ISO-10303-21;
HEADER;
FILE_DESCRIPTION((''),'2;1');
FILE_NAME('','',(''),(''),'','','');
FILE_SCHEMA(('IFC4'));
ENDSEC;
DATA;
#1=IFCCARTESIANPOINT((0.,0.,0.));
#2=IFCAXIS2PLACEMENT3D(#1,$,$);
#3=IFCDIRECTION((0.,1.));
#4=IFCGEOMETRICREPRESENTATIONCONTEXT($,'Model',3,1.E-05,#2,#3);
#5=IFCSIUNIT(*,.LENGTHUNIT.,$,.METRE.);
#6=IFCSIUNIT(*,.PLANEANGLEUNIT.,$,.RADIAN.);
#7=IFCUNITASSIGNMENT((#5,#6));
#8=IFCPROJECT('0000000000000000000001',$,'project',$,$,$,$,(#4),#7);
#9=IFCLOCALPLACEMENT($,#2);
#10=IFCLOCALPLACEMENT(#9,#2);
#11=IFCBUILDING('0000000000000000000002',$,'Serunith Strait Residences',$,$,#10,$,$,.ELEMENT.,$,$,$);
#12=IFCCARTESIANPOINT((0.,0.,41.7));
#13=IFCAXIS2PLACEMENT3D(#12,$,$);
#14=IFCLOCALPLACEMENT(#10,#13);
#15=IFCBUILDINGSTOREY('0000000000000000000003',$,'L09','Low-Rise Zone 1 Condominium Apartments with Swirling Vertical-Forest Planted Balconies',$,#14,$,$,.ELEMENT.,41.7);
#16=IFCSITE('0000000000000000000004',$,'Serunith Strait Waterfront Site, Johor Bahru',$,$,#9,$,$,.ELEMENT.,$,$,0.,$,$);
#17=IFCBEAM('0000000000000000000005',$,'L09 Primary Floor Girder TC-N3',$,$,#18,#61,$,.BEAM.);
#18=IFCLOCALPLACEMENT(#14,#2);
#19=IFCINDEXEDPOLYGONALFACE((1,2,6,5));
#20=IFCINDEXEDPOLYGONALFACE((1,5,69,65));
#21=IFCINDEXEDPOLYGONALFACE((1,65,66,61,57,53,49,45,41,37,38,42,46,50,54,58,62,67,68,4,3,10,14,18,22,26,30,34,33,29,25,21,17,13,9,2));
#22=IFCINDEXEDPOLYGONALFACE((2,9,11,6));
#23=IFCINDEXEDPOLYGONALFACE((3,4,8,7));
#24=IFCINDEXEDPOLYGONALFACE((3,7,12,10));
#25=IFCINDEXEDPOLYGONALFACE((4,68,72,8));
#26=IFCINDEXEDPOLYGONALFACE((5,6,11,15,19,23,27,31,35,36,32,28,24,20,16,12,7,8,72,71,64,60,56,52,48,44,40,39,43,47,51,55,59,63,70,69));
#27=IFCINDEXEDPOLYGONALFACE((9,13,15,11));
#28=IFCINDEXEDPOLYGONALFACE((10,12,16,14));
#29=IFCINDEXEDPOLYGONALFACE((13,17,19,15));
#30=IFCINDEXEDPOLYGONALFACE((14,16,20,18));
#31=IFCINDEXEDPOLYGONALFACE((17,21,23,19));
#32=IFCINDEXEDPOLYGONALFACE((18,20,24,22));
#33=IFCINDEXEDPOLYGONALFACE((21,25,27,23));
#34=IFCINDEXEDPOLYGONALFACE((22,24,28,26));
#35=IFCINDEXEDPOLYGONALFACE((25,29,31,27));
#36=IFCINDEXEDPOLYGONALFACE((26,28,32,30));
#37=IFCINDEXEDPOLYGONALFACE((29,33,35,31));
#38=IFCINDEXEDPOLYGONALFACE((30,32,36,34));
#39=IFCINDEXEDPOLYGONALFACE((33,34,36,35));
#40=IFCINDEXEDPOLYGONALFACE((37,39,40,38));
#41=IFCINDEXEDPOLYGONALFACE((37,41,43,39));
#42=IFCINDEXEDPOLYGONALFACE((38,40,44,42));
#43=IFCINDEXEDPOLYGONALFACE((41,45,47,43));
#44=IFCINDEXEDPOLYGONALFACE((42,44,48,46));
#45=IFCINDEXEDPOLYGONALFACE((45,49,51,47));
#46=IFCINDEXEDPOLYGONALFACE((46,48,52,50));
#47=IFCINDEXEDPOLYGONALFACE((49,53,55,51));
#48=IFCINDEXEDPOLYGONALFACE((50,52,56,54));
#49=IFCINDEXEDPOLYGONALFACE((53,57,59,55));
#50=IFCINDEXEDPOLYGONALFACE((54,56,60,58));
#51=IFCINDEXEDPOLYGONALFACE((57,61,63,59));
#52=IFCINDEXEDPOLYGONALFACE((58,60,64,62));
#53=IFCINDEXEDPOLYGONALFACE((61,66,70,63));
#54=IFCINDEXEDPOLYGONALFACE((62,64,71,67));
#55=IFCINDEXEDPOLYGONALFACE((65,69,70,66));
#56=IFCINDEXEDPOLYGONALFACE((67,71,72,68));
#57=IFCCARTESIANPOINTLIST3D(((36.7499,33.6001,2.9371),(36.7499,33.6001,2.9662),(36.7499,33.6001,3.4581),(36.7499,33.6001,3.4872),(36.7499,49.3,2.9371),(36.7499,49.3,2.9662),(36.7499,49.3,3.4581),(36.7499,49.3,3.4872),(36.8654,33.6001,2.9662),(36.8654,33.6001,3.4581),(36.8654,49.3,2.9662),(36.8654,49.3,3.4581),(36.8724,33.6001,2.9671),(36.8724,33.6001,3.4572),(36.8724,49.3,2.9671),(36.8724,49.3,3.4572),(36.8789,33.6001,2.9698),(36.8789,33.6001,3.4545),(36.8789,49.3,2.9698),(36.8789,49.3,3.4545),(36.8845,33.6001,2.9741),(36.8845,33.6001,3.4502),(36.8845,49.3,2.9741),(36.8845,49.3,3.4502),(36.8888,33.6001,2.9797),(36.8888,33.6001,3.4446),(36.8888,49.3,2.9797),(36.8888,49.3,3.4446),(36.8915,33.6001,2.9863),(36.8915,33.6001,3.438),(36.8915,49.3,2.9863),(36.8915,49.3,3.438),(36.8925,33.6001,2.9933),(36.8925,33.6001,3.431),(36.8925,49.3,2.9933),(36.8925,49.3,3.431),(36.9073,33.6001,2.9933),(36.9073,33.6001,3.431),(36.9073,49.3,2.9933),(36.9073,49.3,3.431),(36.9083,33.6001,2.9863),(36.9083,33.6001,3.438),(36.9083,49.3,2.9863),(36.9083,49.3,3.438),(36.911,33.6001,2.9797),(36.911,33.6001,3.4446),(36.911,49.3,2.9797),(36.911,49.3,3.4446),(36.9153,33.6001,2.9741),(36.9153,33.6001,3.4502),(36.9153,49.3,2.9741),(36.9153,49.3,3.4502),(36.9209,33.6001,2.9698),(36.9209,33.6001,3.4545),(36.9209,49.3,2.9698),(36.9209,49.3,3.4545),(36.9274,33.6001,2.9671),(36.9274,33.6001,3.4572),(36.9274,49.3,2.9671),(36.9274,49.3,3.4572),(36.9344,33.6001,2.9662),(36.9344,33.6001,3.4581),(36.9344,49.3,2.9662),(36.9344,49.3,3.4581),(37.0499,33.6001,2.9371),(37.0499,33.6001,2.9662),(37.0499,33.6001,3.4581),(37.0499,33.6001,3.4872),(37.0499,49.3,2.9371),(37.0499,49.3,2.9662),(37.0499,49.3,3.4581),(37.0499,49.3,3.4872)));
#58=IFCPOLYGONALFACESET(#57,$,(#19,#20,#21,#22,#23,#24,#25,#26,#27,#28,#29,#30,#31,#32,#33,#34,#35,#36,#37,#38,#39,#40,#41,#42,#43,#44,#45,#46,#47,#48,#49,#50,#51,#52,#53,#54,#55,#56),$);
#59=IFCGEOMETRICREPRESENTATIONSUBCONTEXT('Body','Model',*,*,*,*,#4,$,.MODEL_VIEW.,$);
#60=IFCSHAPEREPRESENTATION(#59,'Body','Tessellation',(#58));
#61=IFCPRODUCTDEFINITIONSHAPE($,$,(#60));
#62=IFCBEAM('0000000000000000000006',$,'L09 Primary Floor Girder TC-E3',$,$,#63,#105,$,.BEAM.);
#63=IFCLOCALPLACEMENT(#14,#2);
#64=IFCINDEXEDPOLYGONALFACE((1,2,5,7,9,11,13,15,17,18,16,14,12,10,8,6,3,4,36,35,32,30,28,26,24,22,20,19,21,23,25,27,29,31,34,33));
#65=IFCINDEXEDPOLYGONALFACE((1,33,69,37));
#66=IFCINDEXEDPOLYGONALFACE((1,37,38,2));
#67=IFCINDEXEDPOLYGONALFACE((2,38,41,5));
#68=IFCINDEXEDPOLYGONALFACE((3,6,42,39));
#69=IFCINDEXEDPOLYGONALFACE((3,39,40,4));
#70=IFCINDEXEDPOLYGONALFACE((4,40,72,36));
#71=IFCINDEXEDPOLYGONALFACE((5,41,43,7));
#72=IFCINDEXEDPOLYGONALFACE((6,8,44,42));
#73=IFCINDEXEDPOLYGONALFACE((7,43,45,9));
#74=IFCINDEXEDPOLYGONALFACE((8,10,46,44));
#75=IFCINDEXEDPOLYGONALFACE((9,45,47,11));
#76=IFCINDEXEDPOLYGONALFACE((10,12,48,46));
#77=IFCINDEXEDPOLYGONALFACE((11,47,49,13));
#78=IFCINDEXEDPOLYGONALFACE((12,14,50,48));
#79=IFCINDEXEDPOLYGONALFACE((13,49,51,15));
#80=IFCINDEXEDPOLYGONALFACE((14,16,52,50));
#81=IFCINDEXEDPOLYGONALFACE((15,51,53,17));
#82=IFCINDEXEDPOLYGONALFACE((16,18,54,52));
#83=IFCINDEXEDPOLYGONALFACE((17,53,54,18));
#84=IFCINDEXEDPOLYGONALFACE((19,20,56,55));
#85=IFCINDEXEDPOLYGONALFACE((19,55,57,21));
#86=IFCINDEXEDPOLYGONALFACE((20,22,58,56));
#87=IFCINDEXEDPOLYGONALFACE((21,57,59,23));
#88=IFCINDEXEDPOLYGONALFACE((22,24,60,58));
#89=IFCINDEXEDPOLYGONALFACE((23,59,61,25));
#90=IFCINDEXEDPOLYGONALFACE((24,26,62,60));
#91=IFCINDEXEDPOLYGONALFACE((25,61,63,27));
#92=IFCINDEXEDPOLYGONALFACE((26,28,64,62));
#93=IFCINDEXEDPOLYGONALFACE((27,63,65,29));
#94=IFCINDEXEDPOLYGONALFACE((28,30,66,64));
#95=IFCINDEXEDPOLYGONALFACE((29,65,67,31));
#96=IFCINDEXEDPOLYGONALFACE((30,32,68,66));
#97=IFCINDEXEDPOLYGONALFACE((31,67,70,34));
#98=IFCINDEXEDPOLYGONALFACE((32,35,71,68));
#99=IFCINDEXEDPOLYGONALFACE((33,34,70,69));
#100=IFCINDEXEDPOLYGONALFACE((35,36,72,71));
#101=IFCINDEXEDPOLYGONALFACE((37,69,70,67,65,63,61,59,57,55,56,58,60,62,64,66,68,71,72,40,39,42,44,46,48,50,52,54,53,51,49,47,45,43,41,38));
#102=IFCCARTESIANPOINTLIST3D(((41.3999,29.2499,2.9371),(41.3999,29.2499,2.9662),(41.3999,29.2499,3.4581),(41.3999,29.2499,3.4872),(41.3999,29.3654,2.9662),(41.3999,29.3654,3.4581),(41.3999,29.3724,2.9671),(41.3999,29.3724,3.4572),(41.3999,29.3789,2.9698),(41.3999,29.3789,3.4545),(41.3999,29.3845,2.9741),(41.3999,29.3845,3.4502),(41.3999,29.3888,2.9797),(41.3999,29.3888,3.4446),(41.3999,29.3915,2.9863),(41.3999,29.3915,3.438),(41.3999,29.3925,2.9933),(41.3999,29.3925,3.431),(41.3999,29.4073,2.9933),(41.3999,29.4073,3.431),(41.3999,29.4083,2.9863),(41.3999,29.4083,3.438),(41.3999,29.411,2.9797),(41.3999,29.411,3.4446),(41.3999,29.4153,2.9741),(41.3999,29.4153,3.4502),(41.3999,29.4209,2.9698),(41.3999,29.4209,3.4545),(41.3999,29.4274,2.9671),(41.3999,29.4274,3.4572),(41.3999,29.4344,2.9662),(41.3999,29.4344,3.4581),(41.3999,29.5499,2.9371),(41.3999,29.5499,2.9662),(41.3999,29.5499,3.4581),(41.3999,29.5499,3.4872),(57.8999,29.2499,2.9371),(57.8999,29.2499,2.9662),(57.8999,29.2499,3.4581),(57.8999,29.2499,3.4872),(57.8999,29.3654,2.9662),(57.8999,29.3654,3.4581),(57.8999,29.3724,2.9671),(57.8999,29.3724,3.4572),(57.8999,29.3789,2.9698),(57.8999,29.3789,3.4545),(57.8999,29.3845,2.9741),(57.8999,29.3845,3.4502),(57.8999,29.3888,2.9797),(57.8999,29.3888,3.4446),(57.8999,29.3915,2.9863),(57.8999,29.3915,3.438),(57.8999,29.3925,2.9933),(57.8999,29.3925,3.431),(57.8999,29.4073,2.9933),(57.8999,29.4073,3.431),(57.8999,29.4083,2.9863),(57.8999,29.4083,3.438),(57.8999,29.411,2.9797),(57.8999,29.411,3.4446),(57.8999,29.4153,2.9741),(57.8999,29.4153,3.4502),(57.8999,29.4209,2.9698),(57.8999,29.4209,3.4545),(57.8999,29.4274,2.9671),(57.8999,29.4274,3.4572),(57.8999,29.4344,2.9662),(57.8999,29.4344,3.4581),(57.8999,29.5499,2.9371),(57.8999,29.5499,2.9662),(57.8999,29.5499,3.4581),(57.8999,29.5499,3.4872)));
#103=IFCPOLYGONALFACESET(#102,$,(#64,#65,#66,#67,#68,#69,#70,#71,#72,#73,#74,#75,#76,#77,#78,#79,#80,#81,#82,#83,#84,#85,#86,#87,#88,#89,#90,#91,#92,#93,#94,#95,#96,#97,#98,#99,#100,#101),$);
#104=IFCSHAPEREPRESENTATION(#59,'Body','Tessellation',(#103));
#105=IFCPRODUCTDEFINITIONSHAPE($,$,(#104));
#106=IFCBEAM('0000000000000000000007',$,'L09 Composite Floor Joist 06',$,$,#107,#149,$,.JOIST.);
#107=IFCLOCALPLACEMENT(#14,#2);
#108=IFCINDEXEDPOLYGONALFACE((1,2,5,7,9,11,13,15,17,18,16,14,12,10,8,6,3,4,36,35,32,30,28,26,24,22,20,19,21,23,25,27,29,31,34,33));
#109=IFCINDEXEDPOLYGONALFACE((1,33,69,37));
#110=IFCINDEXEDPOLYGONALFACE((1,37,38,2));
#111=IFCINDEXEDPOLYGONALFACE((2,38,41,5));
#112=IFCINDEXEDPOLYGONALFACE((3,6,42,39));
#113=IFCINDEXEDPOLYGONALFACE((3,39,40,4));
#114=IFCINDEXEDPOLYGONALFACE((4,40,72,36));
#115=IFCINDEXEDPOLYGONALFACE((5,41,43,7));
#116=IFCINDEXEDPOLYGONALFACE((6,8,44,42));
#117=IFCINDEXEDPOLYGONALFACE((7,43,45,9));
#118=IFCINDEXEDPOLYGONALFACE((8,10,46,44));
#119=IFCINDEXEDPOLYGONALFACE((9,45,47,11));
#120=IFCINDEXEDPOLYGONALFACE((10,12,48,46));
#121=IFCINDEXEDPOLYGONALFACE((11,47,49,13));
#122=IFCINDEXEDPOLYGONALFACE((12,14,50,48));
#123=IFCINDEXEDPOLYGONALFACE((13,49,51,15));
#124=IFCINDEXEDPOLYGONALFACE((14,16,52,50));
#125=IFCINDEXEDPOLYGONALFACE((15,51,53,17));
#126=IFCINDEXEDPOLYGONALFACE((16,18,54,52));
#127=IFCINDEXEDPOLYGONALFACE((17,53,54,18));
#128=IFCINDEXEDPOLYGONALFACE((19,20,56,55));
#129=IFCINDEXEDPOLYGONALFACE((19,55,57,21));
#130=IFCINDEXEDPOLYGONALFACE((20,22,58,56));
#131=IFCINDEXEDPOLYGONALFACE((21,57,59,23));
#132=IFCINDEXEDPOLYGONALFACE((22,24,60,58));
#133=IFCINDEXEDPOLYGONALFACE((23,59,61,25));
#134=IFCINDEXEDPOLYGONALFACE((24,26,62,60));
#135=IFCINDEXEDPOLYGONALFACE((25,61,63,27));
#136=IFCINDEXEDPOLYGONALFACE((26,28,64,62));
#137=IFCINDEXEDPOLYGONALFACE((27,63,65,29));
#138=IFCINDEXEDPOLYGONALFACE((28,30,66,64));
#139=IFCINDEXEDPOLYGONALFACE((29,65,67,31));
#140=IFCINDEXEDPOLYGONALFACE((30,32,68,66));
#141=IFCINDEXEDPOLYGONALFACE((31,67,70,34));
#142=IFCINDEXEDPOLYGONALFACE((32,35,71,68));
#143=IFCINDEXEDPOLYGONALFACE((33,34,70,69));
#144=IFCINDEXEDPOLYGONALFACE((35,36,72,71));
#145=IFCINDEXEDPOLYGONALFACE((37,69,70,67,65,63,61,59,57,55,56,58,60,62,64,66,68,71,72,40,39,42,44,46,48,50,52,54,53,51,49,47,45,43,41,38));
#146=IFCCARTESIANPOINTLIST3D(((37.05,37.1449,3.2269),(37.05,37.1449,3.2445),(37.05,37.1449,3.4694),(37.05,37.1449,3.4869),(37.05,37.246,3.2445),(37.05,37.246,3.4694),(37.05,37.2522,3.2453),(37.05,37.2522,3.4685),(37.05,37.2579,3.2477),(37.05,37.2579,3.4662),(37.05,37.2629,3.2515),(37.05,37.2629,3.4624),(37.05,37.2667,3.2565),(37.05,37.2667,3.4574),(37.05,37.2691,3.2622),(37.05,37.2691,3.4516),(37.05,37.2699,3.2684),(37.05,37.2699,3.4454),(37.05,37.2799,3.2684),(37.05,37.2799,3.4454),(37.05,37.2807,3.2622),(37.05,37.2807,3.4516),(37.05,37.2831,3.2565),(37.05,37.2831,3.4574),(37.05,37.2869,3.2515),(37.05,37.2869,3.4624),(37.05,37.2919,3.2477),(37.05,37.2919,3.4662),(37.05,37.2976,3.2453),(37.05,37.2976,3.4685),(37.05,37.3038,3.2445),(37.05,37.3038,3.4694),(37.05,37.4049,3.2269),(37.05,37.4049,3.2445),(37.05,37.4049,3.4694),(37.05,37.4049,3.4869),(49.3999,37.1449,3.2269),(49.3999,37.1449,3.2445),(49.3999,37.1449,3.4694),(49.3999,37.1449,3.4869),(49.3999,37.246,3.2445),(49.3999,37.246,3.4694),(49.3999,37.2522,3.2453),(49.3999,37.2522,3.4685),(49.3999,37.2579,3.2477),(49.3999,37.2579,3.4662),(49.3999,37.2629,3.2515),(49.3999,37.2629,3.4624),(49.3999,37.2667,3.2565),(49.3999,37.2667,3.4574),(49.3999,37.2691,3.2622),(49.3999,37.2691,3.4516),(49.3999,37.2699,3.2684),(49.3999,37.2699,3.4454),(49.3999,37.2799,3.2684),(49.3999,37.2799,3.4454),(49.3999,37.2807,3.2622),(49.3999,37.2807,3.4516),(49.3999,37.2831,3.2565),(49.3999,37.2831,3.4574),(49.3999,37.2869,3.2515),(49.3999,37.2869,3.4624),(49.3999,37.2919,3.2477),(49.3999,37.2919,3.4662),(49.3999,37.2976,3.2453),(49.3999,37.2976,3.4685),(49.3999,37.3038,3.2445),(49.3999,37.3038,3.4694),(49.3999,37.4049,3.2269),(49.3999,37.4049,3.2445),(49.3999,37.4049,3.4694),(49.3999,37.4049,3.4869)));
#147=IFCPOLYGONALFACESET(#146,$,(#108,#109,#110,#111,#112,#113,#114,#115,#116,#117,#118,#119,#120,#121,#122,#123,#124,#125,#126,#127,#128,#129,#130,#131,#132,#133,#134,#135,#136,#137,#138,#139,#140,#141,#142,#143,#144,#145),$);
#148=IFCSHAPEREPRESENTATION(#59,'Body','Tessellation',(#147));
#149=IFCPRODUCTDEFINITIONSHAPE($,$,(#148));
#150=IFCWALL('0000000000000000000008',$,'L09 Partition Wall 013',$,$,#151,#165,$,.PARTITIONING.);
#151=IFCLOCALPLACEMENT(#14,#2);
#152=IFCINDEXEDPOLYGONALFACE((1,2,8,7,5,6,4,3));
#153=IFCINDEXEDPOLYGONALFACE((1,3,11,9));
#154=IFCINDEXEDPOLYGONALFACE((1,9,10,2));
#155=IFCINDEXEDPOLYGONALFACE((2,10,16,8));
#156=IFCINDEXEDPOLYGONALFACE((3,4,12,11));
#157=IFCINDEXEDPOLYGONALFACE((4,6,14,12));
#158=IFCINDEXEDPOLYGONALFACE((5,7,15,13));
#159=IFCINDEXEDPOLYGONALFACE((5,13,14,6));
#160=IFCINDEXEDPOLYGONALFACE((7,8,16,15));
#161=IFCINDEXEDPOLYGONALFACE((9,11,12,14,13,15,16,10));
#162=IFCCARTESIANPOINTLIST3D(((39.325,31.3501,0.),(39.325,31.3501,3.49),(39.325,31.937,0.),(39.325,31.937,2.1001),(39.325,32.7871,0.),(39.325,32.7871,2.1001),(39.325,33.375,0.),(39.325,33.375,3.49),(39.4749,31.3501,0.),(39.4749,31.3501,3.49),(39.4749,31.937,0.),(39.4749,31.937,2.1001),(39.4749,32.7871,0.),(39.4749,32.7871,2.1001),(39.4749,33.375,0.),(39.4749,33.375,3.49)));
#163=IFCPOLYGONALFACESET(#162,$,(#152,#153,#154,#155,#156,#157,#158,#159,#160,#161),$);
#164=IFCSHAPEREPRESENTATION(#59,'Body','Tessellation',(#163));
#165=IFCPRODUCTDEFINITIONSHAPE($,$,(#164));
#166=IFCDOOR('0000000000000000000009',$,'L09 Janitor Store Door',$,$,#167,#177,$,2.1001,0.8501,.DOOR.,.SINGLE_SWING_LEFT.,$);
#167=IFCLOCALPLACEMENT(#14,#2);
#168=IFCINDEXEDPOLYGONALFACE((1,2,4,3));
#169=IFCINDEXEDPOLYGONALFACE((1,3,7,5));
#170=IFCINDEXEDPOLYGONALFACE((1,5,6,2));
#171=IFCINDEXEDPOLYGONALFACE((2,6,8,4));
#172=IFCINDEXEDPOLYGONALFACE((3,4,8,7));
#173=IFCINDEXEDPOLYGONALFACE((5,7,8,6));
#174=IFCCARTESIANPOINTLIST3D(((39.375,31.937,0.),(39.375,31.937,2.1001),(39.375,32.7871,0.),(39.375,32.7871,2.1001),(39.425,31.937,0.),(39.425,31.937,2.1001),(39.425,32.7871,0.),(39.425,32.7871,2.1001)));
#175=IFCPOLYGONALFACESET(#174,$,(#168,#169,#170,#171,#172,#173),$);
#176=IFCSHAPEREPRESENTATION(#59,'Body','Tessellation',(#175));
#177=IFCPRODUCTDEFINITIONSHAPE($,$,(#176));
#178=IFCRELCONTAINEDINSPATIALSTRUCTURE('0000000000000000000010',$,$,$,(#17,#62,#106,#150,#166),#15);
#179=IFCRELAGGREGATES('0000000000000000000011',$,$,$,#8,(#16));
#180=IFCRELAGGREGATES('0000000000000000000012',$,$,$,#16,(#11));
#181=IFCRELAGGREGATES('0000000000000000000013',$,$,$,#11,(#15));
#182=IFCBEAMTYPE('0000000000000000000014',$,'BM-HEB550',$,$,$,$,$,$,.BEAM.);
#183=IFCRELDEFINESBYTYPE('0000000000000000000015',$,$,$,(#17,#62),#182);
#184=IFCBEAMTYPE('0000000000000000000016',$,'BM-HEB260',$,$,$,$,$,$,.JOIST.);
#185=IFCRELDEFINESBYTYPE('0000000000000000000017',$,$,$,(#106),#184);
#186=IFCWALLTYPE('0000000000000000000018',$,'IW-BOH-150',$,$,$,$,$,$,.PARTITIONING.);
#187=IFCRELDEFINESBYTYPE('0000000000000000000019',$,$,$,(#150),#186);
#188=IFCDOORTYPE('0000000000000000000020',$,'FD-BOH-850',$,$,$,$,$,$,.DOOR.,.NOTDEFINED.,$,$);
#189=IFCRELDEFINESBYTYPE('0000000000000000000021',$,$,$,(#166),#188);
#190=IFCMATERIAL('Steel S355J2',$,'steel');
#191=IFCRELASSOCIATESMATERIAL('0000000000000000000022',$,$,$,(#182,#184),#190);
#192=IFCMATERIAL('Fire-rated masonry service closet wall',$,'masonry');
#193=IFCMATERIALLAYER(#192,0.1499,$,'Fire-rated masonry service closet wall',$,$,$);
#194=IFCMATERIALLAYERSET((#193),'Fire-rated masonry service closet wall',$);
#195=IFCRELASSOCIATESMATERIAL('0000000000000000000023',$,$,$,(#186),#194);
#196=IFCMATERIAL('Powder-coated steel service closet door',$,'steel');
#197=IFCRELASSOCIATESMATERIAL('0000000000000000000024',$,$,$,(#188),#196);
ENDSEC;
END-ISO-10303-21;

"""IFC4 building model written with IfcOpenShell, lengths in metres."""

from ifc_helpers import new_model, si_unit, direction, frame, frame_2d, origin, origin_2d, place, context, subcontext, project, spatial, rectangle, i_section, extrude, source, transform, mapped, material, layer, layer_set, material_profile, profile_set, type_object, element, fill, save


model = new_model("IFC4")

# Units and contexts
model_context = context("Model", 3, precision=1e-05, world=origin(), true_north=direction((0.0, 1.0)))
body_context = subcontext(model_context, "Body", "Model", "MODEL_VIEW")
ifc_project = project(units=[si_unit("LENGTHUNIT", "METRE"), si_unit("PLANEANGLEUNIT", "RADIAN")], contexts=[model_context])

# Site, building, storey
site_placement = place(None, origin())
site = spatial("IfcSite", under=ifc_project, at=site_placement, Name="Serunith Strait Waterfront Site, Johor Bahru", CompositionType="ELEMENT", RefElevation=0.0)
building_placement = place(site_placement, origin())
building = spatial("IfcBuilding", under=site, at=building_placement, Name="Serunith Strait Residences", CompositionType="ELEMENT")
storey_placement = place(building_placement, frame((0.0, 0.0, 41.7)))
storey = spatial("IfcBuildingStorey", under=building, at=storey_placement, Name="L09", Description="Low-Rise Zone 1 Condominium Apartments with Swirling Vertical-Forest Planted Balconies", CompositionType="ELEMENT", Elevation=41.7)

# Beams
ifc_material_1 = material(Name="Steel S355J2", Category="steel")
ifc_material_profile_1 = material_profile(ifc_material_1, i_section(OverallWidth=0.3, OverallDepth=0.55, WebThickness=0.0149, FlangeThickness=0.0291, FilletRadius=0.0271, at=origin_2d()), Name="HEB 550")
ifc_profile_set_1 = profile_set([ifc_material_profile_1], Name="Steel S355J2")
beam_type_1 = type_object("IfcBeamType", Name="BM-HEB550", PredefinedType="BEAM", material=ifc_profile_set_1)
shared_shape_1 = source(origin(), body_context, "Body", "SweptSolid", [
    extrude(i_section(OverallWidth=0.3, OverallDepth=0.55, WebThickness=0.0149, FlangeThickness=0.0291, FilletRadius=0.0271, at=origin_2d()), origin(), (0.0, 0.0, 1.0), 15.7),
])
beam_1_placement = place(storey_placement, frame((36.8999, 33.6001, 3.2122), z_axis=(0.0, 1.0, 0.0), x_axis=(-1.0, 0.0, 0.0)))
element("IfcBeam", 1, at=beam_1_placement, inside=storey, type_object=beam_type_1, Name="L09 Primary Floor Girder TC-N3", PredefinedType="BEAM", context=body_context, shape_type="MappedRepresentation", body=[
    mapped(shared_shape_1, transform((0.0, 0.0, 0.0), scale=1.0)),
])
shared_shape_2 = source(origin(), body_context, "Body", "SweptSolid", [
    extrude(i_section(OverallWidth=0.3, OverallDepth=0.55, WebThickness=0.0149, FlangeThickness=0.0291, FilletRadius=0.0271, at=origin_2d()), origin(), (0.0, 0.0, 1.0), 16.5),
])
beam_2_placement = place(storey_placement, frame((41.3999, 29.3999, 3.2122), z_axis=(1.0, 0.0, 0.0), x_axis=(0.0, 1.0, 0.0)))
element("IfcBeam", 2, at=beam_2_placement, inside=storey, type_object=beam_type_1, Name="L09 Primary Floor Girder TC-E3", PredefinedType="BEAM", context=body_context, shape_type="MappedRepresentation", body=[
    mapped(shared_shape_2, transform((0.0, 0.0, 0.0), scale=1.0)),
])
ifc_material_profile_2 = material_profile(ifc_material_1, i_section(OverallWidth=0.26, OverallDepth=0.26, WebThickness=0.01, FlangeThickness=0.0176, FilletRadius=0.0239, at=origin_2d()), Name="HEB 260")
ifc_profile_set_2 = profile_set([ifc_material_profile_2], Name="Steel S355J2")
beam_type_2 = type_object("IfcBeamType", Name="BM-HEB260", PredefinedType="JOIST", material=ifc_profile_set_2)
shared_shape_3 = source(origin(), body_context, "Body", "SweptSolid", [
    extrude(i_section(OverallWidth=0.26, OverallDepth=0.26, WebThickness=0.01, FlangeThickness=0.0176, FilletRadius=0.0239, at=origin_2d()), origin(), (0.0, 0.0, 1.0), 12.3499),
])
beam_3_placement = place(storey_placement, frame((37.05, 37.2749, 3.3569), z_axis=(1.0, 0.0, 0.0), x_axis=(0.0, 1.0, 0.0)))
element("IfcBeam", 3, at=beam_3_placement, inside=storey, type_object=beam_type_2, Name="L09 Composite Floor Joist 06", PredefinedType="JOIST", context=body_context, shape_type="MappedRepresentation", body=[
    mapped(shared_shape_3, transform((0.0, 0.0, 0.0), scale=1.0)),
])

# Wall, opening, door
ifc_material_2 = material(Name="Fire-rated masonry service closet wall", Category="masonry")
ifc_layer_1 = layer(ifc_material_2, 0.1499, Name="Fire-rated masonry service closet wall")
ifc_layer_set_1 = layer_set([ifc_layer_1], Name="Fire-rated masonry service closet wall")
wall_type_1 = type_object("IfcWallType", Name="IW-BOH-150", PredefinedType="PARTITIONING", material=ifc_layer_set_1)
wall_1_placement = place(storey_placement, frame((39.3999, 31.3501, 0.0), z_axis=(0.0, 0.0, 1.0), x_axis=(0.0, 1.0, 0.0)))
wall_1 = element("IfcWall", 4, at=wall_1_placement, inside=storey, type_object=wall_type_1, Name="L09 Partition Wall 013", PredefinedType="PARTITIONING", context=body_context, shape_type="SweptSolid", body=[
    extrude(rectangle(XDim=2.0249, YDim=0.1499, at=frame_2d((1.0125, 0.0))), origin(), (0.0, 0.0, 1.0), 3.49),
])
opening_1_placement = place(wall_1_placement, frame((0.5869, 0.0, 0.0)))
opening_1 = element("IfcOpeningElement", 5, at=opening_1_placement, cuts=wall_1, PredefinedType="OPENING", context=body_context, shape_type="SweptSolid", body=[
    extrude(rectangle(XDim=0.8501, YDim=2.1001, at=frame_2d((0.425, 1.05))), frame((0.0, 0.085, 0.0), z_axis=(0.0, -1.0, 0.0), x_axis=(1.0, 0.0, 0.0)), (0.0, 0.0, 1.0), 0.1699),
])
ifc_material_3 = material(Name="Powder-coated steel service closet door", Category="steel")
door_type_1 = type_object("IfcDoorType", Name="FD-BOH-850", OperationType="NOTDEFINED", PredefinedType="DOOR", material=ifc_material_3)
shared_shape_4 = source(origin(), body_context, "Body", "SweptSolid", [
    extrude(rectangle(XDim=0.8501, YDim=2.1001, at=frame_2d((0.425, 1.05))), frame((0.0, 0.0249, 0.0), z_axis=(0.0, -1.0, 0.0), x_axis=(1.0, 0.0, 0.0)), (0.0, 0.0, 1.0), 0.05),
])
door_1_placement = place(opening_1_placement, origin())
door_1 = element("IfcDoor", 6, at=door_1_placement, inside=storey, type_object=door_type_1, Name="L09 Janitor Store Door", OperationType="SINGLE_SWING_LEFT", OverallHeight=2.1001, OverallWidth=0.8501, PredefinedType="DOOR", context=body_context, shape_type="MappedRepresentation", body=[
    mapped(shared_shape_4, transform((0.0, 0.0, 0.0), scale=1.0)),
])
fill(opening_1, door_1)

save(model, "model.ifc")
